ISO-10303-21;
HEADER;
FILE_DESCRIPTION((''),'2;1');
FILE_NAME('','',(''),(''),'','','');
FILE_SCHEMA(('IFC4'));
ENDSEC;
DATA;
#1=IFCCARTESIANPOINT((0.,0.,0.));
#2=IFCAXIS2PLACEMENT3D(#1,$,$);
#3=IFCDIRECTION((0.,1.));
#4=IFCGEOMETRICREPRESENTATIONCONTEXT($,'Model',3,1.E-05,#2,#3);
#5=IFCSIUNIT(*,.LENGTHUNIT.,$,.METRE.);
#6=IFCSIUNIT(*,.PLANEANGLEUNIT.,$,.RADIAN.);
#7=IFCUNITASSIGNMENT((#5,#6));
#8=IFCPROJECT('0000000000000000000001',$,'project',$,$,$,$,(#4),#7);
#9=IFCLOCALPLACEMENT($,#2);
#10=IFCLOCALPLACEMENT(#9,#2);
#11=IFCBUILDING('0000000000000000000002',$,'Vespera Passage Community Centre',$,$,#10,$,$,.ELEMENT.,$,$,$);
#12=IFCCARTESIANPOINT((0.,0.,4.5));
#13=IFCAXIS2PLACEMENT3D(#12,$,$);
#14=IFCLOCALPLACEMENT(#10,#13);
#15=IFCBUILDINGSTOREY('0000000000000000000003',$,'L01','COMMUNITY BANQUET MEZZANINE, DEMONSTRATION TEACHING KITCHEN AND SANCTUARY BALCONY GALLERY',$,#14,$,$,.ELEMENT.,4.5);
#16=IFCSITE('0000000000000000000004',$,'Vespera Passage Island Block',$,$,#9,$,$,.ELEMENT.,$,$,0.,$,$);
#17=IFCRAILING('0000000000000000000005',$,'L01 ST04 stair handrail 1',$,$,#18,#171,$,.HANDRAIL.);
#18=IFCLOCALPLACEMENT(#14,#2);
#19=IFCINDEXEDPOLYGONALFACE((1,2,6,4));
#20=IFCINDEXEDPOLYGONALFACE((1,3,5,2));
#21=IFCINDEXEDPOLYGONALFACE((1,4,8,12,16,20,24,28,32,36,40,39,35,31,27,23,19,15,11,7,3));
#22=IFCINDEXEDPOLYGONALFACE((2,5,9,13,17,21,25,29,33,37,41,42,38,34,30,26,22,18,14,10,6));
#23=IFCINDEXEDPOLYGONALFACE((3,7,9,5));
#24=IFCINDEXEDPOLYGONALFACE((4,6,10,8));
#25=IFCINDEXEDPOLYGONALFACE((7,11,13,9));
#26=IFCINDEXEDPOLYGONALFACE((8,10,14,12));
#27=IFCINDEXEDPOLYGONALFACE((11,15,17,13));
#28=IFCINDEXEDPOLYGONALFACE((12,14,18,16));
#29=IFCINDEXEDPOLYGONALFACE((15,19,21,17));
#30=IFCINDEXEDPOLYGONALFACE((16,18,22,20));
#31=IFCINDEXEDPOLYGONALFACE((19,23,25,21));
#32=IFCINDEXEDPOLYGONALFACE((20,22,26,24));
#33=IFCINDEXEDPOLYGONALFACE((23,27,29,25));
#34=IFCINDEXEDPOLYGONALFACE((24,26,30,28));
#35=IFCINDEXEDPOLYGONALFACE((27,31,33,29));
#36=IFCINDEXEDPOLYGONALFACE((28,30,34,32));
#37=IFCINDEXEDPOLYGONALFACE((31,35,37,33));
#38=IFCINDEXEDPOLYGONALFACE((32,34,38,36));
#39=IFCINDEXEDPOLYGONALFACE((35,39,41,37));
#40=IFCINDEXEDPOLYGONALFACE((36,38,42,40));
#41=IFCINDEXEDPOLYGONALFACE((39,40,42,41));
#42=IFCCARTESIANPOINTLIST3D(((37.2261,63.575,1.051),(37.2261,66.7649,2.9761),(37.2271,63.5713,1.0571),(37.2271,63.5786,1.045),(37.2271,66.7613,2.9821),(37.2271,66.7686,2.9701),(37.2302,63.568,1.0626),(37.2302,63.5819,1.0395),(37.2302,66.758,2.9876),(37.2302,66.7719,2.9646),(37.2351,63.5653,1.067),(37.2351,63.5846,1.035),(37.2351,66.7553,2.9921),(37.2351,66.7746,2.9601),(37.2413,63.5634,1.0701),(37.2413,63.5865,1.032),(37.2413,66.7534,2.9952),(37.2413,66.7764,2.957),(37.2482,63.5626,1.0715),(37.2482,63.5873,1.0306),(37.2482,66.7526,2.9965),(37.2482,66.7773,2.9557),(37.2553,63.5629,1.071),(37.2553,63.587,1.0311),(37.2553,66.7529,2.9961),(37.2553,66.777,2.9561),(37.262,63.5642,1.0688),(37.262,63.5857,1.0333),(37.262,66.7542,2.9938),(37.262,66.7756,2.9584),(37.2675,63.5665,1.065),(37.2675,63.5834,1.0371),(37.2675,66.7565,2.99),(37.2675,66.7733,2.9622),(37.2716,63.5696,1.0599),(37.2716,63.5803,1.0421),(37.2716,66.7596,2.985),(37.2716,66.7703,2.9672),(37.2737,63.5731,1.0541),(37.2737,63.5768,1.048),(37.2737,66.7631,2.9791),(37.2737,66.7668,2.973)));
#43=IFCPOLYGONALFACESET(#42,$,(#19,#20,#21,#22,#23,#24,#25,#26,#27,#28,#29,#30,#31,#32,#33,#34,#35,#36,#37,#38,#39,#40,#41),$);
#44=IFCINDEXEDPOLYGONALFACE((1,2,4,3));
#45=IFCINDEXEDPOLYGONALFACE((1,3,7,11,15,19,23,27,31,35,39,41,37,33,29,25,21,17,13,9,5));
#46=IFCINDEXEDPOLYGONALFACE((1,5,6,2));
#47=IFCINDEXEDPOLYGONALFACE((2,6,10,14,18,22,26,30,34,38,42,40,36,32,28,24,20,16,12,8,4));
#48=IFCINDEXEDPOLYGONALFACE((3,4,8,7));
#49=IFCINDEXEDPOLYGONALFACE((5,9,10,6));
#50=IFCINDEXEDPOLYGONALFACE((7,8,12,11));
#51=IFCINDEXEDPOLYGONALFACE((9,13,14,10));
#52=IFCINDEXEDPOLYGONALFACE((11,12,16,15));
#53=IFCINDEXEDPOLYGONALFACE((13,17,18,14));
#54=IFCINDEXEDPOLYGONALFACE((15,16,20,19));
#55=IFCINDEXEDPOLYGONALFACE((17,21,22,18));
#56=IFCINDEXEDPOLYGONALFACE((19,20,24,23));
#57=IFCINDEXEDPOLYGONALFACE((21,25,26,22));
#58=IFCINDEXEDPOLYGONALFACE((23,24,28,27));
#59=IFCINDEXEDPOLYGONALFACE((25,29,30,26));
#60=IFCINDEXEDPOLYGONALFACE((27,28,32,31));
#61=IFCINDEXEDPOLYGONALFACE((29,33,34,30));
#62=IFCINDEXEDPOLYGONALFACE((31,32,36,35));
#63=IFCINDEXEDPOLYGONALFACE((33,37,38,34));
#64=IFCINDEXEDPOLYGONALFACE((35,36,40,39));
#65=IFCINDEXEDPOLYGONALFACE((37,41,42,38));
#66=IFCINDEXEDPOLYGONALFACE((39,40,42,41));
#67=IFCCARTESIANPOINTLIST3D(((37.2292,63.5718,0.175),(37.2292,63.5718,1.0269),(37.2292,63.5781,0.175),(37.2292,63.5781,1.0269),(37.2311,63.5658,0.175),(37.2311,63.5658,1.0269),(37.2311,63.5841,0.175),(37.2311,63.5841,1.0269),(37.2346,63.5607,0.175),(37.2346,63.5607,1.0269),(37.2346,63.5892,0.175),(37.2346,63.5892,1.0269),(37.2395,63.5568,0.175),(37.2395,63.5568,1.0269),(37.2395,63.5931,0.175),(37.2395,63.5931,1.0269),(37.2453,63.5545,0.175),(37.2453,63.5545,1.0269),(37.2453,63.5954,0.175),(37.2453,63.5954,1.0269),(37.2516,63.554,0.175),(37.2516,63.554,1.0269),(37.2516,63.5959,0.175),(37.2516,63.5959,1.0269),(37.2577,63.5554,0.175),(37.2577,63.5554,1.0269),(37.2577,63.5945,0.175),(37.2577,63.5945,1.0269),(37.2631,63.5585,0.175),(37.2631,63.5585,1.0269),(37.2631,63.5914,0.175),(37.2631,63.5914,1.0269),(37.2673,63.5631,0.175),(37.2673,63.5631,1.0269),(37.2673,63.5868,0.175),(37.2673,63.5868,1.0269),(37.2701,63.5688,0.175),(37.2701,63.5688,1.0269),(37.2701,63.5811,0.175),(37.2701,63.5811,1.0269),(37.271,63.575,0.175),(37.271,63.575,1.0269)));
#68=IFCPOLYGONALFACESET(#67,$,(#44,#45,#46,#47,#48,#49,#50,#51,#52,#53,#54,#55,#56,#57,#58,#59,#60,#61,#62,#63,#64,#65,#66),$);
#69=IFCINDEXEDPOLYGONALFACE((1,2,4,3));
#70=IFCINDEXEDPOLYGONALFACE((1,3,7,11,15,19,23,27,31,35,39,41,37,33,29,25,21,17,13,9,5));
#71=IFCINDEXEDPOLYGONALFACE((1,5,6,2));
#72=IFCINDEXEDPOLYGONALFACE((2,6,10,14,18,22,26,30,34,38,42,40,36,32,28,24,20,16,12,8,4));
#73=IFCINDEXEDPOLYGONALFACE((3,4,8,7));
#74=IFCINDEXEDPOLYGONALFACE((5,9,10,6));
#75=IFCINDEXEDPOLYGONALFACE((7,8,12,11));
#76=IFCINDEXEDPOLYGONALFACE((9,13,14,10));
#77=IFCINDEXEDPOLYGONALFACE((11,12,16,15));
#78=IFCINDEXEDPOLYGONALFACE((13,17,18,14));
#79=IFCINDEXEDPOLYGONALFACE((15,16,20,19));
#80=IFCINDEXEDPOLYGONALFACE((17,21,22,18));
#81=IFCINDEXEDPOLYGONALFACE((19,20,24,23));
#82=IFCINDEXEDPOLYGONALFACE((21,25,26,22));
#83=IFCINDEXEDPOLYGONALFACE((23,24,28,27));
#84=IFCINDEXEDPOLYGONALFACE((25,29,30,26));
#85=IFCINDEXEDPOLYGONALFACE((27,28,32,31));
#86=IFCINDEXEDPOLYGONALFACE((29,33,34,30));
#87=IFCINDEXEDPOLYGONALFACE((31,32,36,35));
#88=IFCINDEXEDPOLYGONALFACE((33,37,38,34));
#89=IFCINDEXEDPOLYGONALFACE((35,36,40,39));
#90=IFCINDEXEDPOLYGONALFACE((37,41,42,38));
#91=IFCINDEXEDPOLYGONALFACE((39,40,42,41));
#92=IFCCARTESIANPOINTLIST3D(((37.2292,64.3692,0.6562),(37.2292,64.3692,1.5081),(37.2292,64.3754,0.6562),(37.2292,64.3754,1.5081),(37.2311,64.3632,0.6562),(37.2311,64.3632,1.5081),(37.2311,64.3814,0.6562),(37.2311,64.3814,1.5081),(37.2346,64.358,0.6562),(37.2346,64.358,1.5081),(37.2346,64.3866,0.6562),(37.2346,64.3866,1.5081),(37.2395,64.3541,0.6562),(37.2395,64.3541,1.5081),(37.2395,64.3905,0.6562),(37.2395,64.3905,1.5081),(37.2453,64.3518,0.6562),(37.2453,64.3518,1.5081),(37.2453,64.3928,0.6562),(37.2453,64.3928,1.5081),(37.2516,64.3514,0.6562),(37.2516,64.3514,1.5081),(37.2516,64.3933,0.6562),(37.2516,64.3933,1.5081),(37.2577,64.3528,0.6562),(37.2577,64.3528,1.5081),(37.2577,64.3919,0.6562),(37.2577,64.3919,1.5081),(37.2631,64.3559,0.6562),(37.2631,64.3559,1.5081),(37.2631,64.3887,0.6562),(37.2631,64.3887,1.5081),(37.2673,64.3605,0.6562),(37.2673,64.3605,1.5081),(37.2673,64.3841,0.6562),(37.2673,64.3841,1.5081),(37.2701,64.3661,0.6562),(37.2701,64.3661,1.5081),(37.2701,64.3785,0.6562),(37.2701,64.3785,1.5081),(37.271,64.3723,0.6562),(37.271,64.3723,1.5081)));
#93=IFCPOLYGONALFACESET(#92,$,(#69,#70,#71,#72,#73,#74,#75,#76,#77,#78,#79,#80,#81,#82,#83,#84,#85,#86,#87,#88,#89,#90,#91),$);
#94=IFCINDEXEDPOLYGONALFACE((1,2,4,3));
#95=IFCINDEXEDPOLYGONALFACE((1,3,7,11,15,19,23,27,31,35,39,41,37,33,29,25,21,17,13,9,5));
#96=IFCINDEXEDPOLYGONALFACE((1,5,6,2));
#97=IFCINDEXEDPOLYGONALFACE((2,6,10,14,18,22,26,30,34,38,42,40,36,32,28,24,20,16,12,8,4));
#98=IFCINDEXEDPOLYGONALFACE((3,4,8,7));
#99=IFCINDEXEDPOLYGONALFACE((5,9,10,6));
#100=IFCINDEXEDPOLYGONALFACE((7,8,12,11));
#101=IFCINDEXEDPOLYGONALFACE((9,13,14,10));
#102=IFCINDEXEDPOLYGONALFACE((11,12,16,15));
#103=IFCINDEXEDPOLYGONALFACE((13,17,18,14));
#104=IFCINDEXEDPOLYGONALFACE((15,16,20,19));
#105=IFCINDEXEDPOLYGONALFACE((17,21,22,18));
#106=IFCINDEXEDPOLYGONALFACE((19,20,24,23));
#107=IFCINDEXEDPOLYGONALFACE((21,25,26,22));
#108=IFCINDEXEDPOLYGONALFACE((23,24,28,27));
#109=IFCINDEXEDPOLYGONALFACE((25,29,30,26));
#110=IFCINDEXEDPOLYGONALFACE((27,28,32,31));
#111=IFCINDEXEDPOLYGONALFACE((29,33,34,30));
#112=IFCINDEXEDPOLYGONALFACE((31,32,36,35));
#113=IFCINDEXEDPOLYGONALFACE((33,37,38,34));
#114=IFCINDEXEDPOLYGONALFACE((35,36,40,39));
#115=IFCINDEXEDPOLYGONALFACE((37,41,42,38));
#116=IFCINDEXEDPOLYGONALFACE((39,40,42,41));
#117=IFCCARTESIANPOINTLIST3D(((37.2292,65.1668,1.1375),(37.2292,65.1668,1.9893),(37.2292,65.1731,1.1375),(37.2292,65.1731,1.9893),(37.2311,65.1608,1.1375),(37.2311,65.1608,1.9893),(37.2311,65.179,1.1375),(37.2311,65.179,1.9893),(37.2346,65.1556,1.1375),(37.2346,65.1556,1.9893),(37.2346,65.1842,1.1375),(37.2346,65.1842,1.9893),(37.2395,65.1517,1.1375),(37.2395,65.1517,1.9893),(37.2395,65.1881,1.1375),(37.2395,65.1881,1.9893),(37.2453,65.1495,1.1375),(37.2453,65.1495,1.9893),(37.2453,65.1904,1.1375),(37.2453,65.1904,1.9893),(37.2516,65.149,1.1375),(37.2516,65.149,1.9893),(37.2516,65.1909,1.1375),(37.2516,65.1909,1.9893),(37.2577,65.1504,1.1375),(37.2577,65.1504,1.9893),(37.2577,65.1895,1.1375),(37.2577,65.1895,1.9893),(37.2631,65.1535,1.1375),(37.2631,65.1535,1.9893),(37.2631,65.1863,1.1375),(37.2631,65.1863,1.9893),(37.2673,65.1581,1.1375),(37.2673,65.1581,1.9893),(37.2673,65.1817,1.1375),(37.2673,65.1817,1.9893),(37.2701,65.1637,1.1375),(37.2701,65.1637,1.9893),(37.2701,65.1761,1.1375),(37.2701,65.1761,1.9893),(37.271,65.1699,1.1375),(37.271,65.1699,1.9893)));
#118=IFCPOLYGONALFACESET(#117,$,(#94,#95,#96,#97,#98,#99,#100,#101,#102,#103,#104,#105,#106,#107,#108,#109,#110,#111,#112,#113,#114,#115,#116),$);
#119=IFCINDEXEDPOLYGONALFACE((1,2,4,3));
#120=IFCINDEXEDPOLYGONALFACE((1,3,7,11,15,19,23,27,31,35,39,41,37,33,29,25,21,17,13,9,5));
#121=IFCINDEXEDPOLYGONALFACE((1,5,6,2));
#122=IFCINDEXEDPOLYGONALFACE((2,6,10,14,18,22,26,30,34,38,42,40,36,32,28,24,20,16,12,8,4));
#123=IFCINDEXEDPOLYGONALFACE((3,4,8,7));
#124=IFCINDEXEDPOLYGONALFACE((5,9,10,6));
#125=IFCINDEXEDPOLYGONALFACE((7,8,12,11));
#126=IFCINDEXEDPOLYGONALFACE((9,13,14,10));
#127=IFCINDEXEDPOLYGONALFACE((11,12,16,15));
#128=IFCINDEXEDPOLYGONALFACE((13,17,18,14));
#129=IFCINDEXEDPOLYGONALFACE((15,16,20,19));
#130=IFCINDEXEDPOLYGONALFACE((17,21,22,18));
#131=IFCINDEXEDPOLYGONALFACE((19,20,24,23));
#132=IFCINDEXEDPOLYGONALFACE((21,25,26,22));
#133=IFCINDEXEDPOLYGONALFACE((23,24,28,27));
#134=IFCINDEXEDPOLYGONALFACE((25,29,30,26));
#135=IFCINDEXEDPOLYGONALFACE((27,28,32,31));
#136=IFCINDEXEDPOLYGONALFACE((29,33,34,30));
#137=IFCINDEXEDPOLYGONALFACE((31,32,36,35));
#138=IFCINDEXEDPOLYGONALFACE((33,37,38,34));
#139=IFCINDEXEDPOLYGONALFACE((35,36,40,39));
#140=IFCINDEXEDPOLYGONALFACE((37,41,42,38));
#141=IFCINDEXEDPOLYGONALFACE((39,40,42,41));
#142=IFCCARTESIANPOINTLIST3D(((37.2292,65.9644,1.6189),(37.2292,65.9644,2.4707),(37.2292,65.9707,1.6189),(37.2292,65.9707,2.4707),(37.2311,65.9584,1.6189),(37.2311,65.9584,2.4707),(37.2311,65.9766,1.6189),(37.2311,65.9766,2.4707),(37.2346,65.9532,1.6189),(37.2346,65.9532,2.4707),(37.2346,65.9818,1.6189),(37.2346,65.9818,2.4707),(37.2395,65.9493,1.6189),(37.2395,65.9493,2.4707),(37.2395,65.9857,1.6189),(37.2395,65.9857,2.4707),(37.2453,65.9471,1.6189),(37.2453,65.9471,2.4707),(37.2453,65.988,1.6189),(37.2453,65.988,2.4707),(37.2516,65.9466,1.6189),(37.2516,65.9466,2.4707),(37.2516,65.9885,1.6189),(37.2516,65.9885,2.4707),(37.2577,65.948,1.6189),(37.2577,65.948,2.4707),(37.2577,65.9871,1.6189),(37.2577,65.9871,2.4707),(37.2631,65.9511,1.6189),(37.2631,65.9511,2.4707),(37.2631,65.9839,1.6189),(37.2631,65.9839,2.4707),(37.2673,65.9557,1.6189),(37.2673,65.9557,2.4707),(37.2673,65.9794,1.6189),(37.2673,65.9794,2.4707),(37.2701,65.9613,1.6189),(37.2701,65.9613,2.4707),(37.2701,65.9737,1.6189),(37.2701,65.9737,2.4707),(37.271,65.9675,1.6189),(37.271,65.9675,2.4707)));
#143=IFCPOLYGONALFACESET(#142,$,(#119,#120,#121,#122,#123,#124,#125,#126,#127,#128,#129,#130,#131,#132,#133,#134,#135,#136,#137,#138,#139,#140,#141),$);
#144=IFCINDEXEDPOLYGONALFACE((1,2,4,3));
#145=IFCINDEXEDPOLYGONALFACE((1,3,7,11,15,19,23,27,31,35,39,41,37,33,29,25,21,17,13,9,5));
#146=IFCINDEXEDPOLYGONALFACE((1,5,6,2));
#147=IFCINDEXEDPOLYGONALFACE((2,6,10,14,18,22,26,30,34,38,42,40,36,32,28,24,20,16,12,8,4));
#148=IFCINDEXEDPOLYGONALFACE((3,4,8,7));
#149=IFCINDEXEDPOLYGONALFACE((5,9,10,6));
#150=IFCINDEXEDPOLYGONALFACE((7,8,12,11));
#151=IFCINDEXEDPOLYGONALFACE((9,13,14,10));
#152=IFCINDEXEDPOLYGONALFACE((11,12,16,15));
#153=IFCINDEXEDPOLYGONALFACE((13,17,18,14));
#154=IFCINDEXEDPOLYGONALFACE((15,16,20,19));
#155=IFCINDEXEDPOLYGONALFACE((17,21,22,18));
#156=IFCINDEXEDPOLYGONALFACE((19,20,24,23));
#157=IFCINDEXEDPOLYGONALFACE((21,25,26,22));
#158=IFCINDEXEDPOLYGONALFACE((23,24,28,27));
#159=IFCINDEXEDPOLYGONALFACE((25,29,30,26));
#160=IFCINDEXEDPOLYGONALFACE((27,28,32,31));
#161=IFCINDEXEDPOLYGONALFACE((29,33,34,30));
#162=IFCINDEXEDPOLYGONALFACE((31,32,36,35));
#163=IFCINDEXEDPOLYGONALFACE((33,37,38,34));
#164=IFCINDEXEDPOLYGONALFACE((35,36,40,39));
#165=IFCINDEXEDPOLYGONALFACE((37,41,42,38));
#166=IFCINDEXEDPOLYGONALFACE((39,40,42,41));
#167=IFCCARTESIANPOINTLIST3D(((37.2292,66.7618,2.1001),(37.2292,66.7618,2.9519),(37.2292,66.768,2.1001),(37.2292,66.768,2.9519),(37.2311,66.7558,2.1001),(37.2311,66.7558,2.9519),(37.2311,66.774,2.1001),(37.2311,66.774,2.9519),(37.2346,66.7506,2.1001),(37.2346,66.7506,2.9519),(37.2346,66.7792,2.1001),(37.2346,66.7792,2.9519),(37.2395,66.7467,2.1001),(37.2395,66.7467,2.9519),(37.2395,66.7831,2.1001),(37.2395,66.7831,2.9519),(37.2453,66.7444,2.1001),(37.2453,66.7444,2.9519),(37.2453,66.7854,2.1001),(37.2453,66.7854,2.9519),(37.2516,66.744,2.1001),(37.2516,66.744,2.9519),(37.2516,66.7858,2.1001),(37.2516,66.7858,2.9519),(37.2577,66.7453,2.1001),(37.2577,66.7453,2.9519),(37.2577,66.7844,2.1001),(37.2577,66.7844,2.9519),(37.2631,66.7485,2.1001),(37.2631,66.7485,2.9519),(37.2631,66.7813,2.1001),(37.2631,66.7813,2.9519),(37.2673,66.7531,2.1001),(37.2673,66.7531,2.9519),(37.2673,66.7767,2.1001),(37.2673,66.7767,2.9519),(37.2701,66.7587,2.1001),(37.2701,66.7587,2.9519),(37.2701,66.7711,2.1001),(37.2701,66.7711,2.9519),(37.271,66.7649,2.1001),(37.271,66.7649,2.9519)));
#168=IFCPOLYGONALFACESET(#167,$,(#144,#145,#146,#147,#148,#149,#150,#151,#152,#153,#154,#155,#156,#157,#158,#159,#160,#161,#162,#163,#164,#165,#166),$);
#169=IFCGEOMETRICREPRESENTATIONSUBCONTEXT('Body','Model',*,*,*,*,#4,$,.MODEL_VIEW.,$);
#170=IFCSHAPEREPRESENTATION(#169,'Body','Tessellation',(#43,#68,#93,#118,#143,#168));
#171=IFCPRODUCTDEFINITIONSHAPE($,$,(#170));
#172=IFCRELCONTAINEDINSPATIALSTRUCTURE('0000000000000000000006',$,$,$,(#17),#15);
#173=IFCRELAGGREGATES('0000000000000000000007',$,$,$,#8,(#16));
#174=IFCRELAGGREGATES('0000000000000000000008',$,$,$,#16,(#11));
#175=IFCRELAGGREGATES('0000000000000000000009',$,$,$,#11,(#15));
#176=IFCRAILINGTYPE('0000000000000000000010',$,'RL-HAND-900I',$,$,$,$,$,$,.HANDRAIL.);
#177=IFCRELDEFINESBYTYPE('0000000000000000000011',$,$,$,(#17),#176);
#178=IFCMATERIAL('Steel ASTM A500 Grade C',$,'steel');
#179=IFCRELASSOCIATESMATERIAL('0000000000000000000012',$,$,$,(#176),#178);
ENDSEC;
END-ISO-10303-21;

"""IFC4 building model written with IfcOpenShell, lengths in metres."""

from ifc_helpers import new_model, si_unit, direction, frame, origin, origin_2d, place, context, subcontext, project, spatial, circle, extrude, material, type_object, element, save


model = new_model("IFC4")

# Units and contexts
model_context = context("Model", 3, precision=1e-05, world=origin(), true_north=direction((0.0, 1.0)))
body_context = subcontext(model_context, "Body", "Model", "MODEL_VIEW")
ifc_project = project(units=[si_unit("LENGTHUNIT", "METRE"), si_unit("PLANEANGLEUNIT", "RADIAN")], contexts=[model_context])

# Site, building, storey
site_placement = place(None, origin())
site = spatial("IfcSite", under=ifc_project, at=site_placement, Name="Vespera Passage Island Block", CompositionType="ELEMENT", RefElevation=0.0)
building_placement = place(site_placement, origin())
building = spatial("IfcBuilding", under=site, at=building_placement, Name="Vespera Passage Community Centre", CompositionType="ELEMENT")
storey_placement = place(building_placement, frame((0.0, 0.0, 4.5)))
storey = spatial("IfcBuildingStorey", under=building, at=storey_placement, Name="L01", Description="COMMUNITY BANQUET MEZZANINE, DEMONSTRATION TEACHING KITCHEN AND SANCTUARY BALCONY GALLERY", CompositionType="ELEMENT", Elevation=4.5)

# Railing
ifc_material_1 = material(Name="Steel ASTM A500 Grade C", Category="steel")
railing_type = type_object("IfcRailingType", Name="RL-HAND-900I", PredefinedType="HANDRAIL", material=ifc_material_1)
railing_placement = place(storey_placement, frame((37.25, 63.575, 0.175)))
element("IfcRailing", 1, at=railing_placement, inside=storey, type_object=railing_type, Name="L01 ST04 stair handrail 1", PredefinedType="HANDRAIL", context=body_context, shape_type="SweptSolid", body=[
    extrude(circle(Radius=0.0239, at=origin_2d()), frame((0.0, 0.0, 0.876), z_axis=(0.0, 0.856178, 0.516682), x_axis=(-1.0, 0.0, 0.0)), (0.0, 0.0, 1.0), 3.7258),
    extrude(circle(Radius=0.021, at=origin_2d()), origin(), (0.0, 0.0, 1.0), 0.8518),
    extrude(circle(Radius=0.021, at=origin_2d()), frame((0.0, 0.7974, 0.4812)), (0.0, 0.0, 1.0), 0.8518),
    extrude(circle(Radius=0.021, at=origin_2d()), frame((0.0, 1.595, 0.9624)), (0.0, 0.0, 1.0), 0.8518),
    extrude(circle(Radius=0.021, at=origin_2d()), frame((0.0, 2.3926, 1.4438)), (0.0, 0.0, 1.0), 0.8518),
    extrude(circle(Radius=0.021, at=origin_2d()), frame((0.0, 3.1899, 1.925)), (0.0, 0.0, 1.0), 0.8518),
])

save(model, "model.ifc")
